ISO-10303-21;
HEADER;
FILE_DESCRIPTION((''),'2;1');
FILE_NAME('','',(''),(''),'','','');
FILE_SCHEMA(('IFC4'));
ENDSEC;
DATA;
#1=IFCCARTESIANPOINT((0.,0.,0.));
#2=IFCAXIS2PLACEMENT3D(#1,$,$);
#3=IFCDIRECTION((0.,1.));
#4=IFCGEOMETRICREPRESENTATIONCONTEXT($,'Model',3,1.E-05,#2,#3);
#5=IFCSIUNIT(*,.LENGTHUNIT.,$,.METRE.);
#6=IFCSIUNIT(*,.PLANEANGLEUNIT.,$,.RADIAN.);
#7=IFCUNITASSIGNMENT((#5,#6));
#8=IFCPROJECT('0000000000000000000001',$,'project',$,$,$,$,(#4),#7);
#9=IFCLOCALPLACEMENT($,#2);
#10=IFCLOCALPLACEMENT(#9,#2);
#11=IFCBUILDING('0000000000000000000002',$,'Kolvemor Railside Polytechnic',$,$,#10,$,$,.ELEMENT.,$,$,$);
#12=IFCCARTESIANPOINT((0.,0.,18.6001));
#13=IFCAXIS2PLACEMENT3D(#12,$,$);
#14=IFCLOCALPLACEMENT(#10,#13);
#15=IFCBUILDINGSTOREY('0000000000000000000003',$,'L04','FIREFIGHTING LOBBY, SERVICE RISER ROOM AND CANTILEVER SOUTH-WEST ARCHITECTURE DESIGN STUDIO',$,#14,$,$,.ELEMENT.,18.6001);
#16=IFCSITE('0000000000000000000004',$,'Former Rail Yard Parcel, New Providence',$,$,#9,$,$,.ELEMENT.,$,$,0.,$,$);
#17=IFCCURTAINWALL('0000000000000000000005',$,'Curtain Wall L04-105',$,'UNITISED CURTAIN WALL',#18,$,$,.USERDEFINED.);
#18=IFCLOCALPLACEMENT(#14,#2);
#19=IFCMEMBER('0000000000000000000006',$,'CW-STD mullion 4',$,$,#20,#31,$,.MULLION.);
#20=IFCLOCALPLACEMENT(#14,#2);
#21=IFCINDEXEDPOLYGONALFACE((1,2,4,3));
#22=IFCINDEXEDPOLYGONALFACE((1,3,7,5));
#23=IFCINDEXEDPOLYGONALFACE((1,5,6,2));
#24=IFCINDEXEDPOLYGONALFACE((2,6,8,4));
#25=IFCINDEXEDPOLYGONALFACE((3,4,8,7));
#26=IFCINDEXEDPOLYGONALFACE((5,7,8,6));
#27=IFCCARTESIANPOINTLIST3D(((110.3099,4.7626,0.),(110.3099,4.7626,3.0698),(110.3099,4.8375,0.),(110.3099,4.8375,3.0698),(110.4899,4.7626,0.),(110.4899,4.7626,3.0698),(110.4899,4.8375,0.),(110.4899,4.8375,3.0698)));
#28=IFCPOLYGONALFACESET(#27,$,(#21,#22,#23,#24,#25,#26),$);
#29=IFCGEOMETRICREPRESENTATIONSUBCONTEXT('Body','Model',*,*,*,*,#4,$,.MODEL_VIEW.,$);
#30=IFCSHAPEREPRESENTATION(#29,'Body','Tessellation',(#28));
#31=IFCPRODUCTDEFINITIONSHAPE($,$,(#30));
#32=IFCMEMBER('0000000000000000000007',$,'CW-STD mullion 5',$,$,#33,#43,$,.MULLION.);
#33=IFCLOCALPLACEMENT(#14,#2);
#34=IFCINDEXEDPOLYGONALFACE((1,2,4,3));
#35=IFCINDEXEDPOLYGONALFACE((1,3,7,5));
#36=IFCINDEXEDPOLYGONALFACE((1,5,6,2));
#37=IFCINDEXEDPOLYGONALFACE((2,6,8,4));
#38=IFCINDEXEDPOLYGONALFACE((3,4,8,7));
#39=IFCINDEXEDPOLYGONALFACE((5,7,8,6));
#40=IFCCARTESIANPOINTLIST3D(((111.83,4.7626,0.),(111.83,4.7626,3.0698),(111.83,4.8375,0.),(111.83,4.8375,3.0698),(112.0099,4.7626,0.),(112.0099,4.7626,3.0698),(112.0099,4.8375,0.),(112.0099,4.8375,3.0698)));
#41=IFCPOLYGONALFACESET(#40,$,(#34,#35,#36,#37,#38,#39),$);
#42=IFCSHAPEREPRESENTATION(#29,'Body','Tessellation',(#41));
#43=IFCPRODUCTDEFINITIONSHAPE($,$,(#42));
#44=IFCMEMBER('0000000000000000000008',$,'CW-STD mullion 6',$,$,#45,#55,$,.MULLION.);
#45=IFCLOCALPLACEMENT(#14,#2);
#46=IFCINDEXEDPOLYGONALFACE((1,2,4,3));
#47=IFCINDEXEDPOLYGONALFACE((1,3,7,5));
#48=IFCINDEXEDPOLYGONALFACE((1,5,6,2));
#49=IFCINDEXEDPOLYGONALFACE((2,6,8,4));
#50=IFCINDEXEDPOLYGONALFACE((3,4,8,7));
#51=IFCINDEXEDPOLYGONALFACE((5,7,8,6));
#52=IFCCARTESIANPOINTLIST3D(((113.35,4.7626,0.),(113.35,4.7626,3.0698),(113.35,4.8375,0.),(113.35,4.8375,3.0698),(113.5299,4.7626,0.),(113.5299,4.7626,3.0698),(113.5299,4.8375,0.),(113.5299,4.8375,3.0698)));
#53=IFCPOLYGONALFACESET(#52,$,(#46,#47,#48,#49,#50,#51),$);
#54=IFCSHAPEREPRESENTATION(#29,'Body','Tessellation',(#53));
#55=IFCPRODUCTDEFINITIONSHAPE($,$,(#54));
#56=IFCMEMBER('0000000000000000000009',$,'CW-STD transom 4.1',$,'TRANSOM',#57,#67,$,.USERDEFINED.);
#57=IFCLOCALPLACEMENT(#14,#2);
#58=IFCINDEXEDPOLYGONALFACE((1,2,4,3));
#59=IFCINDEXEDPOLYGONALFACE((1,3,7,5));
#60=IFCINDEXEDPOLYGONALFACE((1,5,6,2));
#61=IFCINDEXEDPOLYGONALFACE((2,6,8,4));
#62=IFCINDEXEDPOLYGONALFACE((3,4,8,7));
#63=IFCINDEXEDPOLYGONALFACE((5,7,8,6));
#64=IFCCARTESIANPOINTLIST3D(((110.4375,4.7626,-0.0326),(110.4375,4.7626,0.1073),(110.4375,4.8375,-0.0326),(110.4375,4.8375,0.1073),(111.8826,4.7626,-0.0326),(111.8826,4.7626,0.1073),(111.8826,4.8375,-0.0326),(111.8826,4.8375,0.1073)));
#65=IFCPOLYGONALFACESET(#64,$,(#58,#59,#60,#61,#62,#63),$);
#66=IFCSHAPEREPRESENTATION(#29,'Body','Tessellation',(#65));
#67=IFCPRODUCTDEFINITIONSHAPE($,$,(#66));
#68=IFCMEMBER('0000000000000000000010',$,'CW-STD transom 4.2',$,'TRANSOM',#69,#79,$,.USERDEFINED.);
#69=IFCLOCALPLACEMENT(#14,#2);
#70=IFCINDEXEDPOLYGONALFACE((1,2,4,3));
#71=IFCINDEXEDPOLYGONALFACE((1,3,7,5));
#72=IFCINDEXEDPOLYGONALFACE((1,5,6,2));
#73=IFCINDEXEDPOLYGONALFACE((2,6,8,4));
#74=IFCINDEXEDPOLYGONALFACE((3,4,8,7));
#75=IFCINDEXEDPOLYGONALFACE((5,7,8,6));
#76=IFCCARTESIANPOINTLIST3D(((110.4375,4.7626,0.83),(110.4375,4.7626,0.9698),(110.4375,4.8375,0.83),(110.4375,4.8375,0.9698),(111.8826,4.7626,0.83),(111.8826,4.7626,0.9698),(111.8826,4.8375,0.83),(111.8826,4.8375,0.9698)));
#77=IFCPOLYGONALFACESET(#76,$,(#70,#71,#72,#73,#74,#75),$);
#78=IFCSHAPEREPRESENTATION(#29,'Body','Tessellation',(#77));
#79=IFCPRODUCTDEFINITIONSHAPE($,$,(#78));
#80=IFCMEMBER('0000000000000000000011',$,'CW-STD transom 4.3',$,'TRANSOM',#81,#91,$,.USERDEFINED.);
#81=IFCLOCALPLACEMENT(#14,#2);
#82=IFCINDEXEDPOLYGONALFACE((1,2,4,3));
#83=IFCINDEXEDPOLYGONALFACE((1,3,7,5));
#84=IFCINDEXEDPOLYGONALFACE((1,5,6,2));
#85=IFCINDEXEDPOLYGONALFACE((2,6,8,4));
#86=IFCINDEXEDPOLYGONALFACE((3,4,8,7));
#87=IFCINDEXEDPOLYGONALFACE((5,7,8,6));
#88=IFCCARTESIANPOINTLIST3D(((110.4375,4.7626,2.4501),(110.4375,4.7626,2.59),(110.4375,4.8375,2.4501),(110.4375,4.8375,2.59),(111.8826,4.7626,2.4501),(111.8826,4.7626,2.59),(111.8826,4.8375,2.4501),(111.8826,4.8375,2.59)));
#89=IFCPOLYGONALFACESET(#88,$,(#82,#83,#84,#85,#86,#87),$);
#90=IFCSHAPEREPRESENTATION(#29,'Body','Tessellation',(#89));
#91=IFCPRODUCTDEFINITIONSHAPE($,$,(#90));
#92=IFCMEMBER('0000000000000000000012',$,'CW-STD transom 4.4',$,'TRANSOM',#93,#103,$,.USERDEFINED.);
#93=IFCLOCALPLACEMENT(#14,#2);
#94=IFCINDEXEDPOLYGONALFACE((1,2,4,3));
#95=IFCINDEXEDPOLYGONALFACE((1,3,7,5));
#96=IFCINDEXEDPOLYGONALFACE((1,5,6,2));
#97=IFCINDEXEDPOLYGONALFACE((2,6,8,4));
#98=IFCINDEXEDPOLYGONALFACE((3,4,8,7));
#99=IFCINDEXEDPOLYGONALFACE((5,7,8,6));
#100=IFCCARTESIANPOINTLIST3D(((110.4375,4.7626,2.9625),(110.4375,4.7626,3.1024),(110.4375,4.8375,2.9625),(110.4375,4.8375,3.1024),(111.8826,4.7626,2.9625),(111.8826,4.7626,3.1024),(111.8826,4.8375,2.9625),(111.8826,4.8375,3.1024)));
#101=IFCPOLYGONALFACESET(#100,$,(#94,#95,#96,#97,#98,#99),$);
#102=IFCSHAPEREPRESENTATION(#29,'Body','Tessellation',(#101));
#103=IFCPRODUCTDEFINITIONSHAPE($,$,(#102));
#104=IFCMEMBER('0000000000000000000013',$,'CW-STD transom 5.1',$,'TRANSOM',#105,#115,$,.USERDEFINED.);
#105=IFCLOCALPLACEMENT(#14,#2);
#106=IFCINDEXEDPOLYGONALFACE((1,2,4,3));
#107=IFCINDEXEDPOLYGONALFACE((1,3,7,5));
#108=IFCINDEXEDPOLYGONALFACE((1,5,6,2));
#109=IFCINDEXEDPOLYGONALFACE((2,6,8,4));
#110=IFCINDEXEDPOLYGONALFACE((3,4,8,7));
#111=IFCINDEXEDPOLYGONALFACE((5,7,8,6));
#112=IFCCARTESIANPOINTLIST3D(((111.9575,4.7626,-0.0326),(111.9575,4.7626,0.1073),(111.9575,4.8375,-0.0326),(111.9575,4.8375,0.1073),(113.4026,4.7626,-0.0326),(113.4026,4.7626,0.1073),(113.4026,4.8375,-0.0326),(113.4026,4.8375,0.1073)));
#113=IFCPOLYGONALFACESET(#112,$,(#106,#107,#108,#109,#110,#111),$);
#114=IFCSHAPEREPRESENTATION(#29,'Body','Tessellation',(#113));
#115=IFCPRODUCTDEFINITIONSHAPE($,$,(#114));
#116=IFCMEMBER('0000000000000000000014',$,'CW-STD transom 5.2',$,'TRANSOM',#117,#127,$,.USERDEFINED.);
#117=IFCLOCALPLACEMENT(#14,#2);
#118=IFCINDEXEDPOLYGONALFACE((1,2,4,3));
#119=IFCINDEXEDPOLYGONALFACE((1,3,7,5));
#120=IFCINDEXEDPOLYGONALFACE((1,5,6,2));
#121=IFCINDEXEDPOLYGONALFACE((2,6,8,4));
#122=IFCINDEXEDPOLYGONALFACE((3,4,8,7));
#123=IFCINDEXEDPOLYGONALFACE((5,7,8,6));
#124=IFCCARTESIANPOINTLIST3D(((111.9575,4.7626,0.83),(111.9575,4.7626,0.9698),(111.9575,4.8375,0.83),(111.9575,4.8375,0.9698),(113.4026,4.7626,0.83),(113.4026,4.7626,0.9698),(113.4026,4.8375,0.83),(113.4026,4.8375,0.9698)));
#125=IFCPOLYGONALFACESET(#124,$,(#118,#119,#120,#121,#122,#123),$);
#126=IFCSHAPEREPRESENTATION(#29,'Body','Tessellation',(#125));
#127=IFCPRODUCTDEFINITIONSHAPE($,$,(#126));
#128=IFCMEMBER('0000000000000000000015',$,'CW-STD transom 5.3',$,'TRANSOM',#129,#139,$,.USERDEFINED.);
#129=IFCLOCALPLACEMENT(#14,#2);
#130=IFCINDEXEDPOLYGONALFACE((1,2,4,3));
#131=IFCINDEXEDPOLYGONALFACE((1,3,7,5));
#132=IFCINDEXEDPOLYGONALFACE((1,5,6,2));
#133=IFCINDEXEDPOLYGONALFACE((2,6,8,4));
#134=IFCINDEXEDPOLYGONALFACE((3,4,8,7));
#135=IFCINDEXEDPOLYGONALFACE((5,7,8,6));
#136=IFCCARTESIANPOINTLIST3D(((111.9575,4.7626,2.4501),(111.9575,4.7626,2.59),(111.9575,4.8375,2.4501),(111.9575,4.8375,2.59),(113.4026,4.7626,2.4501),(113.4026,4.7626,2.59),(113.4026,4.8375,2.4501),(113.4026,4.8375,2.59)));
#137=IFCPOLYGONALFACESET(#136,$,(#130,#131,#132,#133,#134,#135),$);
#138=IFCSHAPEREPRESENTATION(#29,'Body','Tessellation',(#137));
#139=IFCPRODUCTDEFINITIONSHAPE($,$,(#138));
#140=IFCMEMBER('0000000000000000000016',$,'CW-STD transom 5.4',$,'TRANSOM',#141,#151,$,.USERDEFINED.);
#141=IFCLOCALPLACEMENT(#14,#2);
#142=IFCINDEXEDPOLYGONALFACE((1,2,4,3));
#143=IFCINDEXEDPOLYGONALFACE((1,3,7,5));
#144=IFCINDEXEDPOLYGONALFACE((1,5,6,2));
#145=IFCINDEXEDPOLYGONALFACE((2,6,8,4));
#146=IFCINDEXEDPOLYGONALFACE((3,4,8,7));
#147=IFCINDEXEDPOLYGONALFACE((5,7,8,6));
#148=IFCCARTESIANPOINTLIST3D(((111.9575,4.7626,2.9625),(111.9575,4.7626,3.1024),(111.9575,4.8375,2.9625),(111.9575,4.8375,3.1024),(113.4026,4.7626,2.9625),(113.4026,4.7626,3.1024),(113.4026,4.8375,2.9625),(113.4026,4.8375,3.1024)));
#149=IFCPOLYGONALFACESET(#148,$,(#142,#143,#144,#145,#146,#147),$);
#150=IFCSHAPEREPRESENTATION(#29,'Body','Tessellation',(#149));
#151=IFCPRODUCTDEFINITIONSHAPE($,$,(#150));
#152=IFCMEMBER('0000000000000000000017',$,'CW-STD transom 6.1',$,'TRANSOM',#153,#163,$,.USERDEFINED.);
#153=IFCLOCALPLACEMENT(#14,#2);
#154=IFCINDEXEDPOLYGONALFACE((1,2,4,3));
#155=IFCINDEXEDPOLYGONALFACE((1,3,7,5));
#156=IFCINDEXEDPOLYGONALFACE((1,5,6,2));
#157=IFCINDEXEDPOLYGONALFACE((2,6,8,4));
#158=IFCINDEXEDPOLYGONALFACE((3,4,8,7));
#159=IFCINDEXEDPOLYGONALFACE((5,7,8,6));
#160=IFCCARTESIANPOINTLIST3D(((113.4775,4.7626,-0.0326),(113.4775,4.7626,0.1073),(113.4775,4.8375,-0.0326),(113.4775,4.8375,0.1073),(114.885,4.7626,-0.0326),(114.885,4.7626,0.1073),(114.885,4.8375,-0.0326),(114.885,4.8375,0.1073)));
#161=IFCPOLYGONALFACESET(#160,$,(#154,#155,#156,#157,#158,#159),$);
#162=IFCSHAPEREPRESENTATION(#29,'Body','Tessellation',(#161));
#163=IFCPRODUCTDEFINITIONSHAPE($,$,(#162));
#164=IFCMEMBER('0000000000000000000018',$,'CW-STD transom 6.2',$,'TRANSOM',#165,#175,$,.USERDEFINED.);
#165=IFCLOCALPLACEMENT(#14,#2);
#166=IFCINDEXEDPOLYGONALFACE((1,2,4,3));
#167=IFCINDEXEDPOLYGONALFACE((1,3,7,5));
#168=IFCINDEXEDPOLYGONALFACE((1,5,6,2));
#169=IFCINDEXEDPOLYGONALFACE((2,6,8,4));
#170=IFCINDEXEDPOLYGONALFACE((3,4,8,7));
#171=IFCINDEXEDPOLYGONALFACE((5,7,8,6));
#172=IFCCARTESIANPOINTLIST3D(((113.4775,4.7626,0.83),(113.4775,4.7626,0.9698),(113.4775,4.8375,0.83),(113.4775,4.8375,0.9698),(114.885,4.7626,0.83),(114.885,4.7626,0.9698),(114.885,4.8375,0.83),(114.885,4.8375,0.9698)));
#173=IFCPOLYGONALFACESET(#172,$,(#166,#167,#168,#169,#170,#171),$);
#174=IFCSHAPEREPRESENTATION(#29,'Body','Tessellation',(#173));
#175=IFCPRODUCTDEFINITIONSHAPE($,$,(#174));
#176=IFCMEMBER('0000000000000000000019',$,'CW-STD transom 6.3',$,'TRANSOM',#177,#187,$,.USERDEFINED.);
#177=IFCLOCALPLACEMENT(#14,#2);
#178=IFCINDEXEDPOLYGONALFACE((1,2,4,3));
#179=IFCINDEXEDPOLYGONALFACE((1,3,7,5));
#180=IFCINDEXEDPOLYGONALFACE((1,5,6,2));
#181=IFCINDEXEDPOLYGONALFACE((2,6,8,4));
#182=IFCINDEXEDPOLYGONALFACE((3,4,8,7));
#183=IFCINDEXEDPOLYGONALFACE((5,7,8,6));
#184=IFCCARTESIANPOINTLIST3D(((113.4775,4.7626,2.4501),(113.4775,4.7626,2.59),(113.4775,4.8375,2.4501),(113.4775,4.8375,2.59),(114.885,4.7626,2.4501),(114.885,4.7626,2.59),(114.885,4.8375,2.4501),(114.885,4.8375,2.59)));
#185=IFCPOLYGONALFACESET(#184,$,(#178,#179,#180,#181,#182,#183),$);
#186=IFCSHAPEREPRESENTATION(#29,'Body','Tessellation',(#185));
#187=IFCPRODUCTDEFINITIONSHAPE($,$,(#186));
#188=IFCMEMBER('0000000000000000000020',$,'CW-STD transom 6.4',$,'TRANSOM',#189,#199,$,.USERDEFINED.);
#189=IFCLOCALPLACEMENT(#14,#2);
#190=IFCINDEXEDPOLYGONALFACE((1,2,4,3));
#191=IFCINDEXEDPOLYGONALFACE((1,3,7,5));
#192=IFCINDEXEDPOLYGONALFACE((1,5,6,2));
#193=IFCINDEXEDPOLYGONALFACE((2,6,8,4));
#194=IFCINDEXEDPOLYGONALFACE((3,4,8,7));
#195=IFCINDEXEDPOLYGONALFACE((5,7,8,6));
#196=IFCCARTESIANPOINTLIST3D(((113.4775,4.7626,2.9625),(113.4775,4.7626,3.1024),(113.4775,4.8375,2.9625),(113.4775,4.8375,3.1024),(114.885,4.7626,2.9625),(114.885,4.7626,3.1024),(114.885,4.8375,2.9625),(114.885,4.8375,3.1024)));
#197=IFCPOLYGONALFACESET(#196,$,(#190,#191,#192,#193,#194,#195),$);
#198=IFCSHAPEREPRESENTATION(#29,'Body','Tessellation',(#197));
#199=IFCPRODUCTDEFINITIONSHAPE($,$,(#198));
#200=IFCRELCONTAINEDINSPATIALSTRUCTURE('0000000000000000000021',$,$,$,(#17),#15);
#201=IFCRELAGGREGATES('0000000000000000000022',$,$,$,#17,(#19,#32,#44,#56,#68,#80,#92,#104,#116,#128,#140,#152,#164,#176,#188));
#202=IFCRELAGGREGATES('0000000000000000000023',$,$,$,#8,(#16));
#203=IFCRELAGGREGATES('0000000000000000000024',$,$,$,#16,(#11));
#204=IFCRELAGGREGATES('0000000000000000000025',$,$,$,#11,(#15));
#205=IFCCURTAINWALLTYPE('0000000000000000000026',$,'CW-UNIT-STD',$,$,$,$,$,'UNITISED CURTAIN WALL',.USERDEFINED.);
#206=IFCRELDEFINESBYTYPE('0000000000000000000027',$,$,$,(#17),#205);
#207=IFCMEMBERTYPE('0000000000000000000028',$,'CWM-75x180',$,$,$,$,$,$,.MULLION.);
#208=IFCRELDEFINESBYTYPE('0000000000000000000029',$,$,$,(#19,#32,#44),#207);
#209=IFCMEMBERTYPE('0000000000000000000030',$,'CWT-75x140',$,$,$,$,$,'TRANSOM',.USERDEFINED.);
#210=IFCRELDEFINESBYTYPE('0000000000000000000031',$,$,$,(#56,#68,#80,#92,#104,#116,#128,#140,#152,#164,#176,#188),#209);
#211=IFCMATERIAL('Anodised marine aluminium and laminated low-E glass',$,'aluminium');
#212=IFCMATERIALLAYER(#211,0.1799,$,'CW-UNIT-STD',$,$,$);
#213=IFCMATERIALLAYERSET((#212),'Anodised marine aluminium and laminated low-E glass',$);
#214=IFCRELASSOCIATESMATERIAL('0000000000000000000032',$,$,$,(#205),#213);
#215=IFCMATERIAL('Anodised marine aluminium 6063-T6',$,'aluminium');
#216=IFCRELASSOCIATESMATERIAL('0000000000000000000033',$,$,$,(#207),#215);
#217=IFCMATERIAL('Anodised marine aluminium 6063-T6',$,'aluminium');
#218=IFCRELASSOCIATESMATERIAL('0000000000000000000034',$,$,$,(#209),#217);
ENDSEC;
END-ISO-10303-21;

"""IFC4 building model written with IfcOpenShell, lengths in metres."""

from ifc_helpers import new_model, si_unit, direction, frame, origin, origin_2d, place, context, subcontext, project, spatial, rectangle, extrude, material, layer, layer_set, material_profile, profile_set, type_object, element, aggregate, save


model = new_model("IFC4")

# Units and contexts
model_context = context("Model", 3, precision=1e-05, world=origin(), true_north=direction((0.0, 1.0)))
body_context = subcontext(model_context, "Body", "Model", "MODEL_VIEW")
ifc_project = project(units=[si_unit("LENGTHUNIT", "METRE"), si_unit("PLANEANGLEUNIT", "RADIAN")], contexts=[model_context])

# Site, building, storey
site_placement = place(None, origin())
site = spatial("IfcSite", under=ifc_project, at=site_placement, Name="Former Rail Yard Parcel, New Providence", CompositionType="ELEMENT", RefElevation=0.0)
building_placement = place(site_placement, origin())
building = spatial("IfcBuilding", under=site, at=building_placement, Name="Kolvemor Railside Polytechnic", CompositionType="ELEMENT")
storey_placement = place(building_placement, frame((0.0, 0.0, 18.6001)))
storey = spatial("IfcBuildingStorey", under=building, at=storey_placement, Name="L04", Description="FIREFIGHTING LOBBY, SERVICE RISER ROOM AND CANTILEVER SOUTH-WEST ARCHITECTURE DESIGN STUDIO", CompositionType="ELEMENT", Elevation=18.6001)

# Curtain wall, members
ifc_material_1 = material(Name="Anodised marine aluminium and laminated low-E glass", Category="aluminium")
ifc_layer_1 = layer(ifc_material_1, 0.1799, Name="CW-UNIT-STD")
ifc_layer_set_1 = layer_set([ifc_layer_1], Name="Anodised marine aluminium and laminated low-E glass")
curtain_wall_type = type_object("IfcCurtainWallType", Name="CW-UNIT-STD", ElementType="UNITISED CURTAIN WALL", PredefinedType="USERDEFINED", material=ifc_layer_set_1)
curtain_wall_placement = place(storey_placement, origin())
curtain_wall = element("IfcCurtainWall", 1, at=curtain_wall_placement, inside=storey, type_object=curtain_wall_type, Name="Curtain Wall L04-105", ObjectType="UNITISED CURTAIN WALL", PredefinedType="USERDEFINED")
ifc_material_2 = material(Name="Anodised marine aluminium 6063-T6", Category="aluminium")
ifc_material_profile_1 = material_profile(ifc_material_2, rectangle(XDim=0.075, YDim=0.1799, at=origin_2d()), Name="CW-MUL-75x180")
ifc_profile_set_1 = profile_set([ifc_material_profile_1], Name="Anodised marine aluminium 6063-T6")
member_type_1 = type_object("IfcMemberType", Name="CWM-75x180", PredefinedType="MULLION", material=ifc_profile_set_1)
member_1_placement = place(storey_placement, frame((110.3999, 4.8, 0.0), z_axis=(0.0, 0.0, 1.0), x_axis=(0.0, 1.0, 0.0)))
member_1 = element("IfcMember", 2, at=member_1_placement, type_object=member_type_1, Name="CW-STD mullion 4", PredefinedType="MULLION", context=body_context, shape_type="SweptSolid", body=[
    extrude(rectangle(XDim=0.075, YDim=0.1799, at=origin_2d()), origin(), (0.0, 0.0, 1.0), 3.0698),
])
member_2_placement = place(storey_placement, frame((111.9199, 4.8, 0.0), z_axis=(0.0, 0.0, 1.0), x_axis=(0.0, 1.0, 0.0)))
member_2 = element("IfcMember", 3, at=member_2_placement, type_object=member_type_1, Name="CW-STD mullion 5", PredefinedType="MULLION", context=body_context, shape_type="SweptSolid", body=[
    extrude(rectangle(XDim=0.075, YDim=0.1799, at=origin_2d()), origin(), (0.0, 0.0, 1.0), 3.0698),
])
member_3_placement = place(storey_placement, frame((113.4399, 4.8, 0.0), z_axis=(0.0, 0.0, 1.0), x_axis=(0.0, 1.0, 0.0)))
member_3 = element("IfcMember", 4, at=member_3_placement, type_object=member_type_1, Name="CW-STD mullion 6", PredefinedType="MULLION", context=body_context, shape_type="SweptSolid", body=[
    extrude(rectangle(XDim=0.075, YDim=0.1799, at=origin_2d()), origin(), (0.0, 0.0, 1.0), 3.0698),
])
ifc_material_3 = material(Name="Anodised marine aluminium 6063-T6", Category="aluminium")
ifc_material_profile_2 = material_profile(ifc_material_3, rectangle(XDim=0.075, YDim=0.1399, at=origin_2d()), Name="CW-TRN-75x140")
ifc_profile_set_2 = profile_set([ifc_material_profile_2], Name="Anodised marine aluminium 6063-T6")
member_type_2 = type_object("IfcMemberType", Name="CWT-75x140", ElementType="TRANSOM", PredefinedType="USERDEFINED", material=ifc_profile_set_2)
member_4_placement = place(storey_placement, frame((110.4375, 4.8, 0.0374), z_axis=(1.0, 0.0, 0.0), x_axis=(0.0, 1.0, 0.0)))
member_4 = element("IfcMember", 5, at=member_4_placement, type_object=member_type_2, Name="CW-STD transom 4.1", ObjectType="TRANSOM", PredefinedType="USERDEFINED", context=body_context, shape_type="SweptSolid", body=[
    extrude(rectangle(XDim=0.075, YDim=0.1399, at=origin_2d()), origin(), (0.0, 0.0, 1.0), 1.4451),
])
member_5_placement = place(storey_placement, frame((110.4375, 4.8, 0.8999), z_axis=(1.0, 0.0, 0.0), x_axis=(0.0, 1.0, 0.0)))
member_5 = element("IfcMember", 6, at=member_5_placement, type_object=member_type_2, Name="CW-STD transom 4.2", ObjectType="TRANSOM", PredefinedType="USERDEFINED", context=body_context, shape_type="SweptSolid", body=[
    extrude(rectangle(XDim=0.075, YDim=0.1399, at=origin_2d()), origin(), (0.0, 0.0, 1.0), 1.4451),
])
member_6_placement = place(storey_placement, frame((110.4375, 4.8, 2.52), z_axis=(1.0, 0.0, 0.0), x_axis=(0.0, 1.0, 0.0)))
member_6 = element("IfcMember", 7, at=member_6_placement, type_object=member_type_2, Name="CW-STD transom 4.3", ObjectType="TRANSOM", PredefinedType="USERDEFINED", context=body_context, shape_type="SweptSolid", body=[
    extrude(rectangle(XDim=0.075, YDim=0.1399, at=origin_2d()), origin(), (0.0, 0.0, 1.0), 1.4451),
])
member_7_placement = place(storey_placement, frame((110.4375, 4.8, 3.0325), z_axis=(1.0, 0.0, 0.0), x_axis=(0.0, 1.0, 0.0)))
member_7 = element("IfcMember", 8, at=member_7_placement, type_object=member_type_2, Name="CW-STD transom 4.4", ObjectType="TRANSOM", PredefinedType="USERDEFINED", context=body_context, shape_type="SweptSolid", body=[
    extrude(rectangle(XDim=0.075, YDim=0.1399, at=origin_2d()), origin(), (0.0, 0.0, 1.0), 1.4451),
])
member_8_placement = place(storey_placement, frame((111.9575, 4.8, 0.0374), z_axis=(1.0, 0.0, 0.0), x_axis=(0.0, 1.0, 0.0)))
member_8 = element("IfcMember", 9, at=member_8_placement, type_object=member_type_2, Name="CW-STD transom 5.1", ObjectType="TRANSOM", PredefinedType="USERDEFINED", context=body_context, shape_type="SweptSolid", body=[
    extrude(rectangle(XDim=0.075, YDim=0.1399, at=origin_2d()), origin(), (0.0, 0.0, 1.0), 1.4451),
])
member_9_placement = place(storey_placement, frame((111.9575, 4.8, 0.8999), z_axis=(1.0, 0.0, 0.0), x_axis=(0.0, 1.0, 0.0)))
member_9 = element("IfcMember", 10, at=member_9_placement, type_object=member_type_2, Name="CW-STD transom 5.2", ObjectType="TRANSOM", PredefinedType="USERDEFINED", context=body_context, shape_type="SweptSolid", body=[
    extrude(rectangle(XDim=0.075, YDim=0.1399, at=origin_2d()), origin(), (0.0, 0.0, 1.0), 1.4451),
])
member_10_placement = place(storey_placement, frame((111.9575, 4.8, 2.52), z_axis=(1.0, 0.0, 0.0), x_axis=(0.0, 1.0, 0.0)))
member_10 = element("IfcMember", 11, at=member_10_placement, type_object=member_type_2, Name="CW-STD transom 5.3", ObjectType="TRANSOM", PredefinedType="USERDEFINED", context=body_context, shape_type="SweptSolid", body=[
    extrude(rectangle(XDim=0.075, YDim=0.1399, at=origin_2d()), origin(), (0.0, 0.0, 1.0), 1.4451),
])
member_11_placement = place(storey_placement, frame((111.9575, 4.8, 3.0325), z_axis=(1.0, 0.0, 0.0), x_axis=(0.0, 1.0, 0.0)))
member_11 = element("IfcMember", 12, at=member_11_placement, type_object=member_type_2, Name="CW-STD transom 5.4", ObjectType="TRANSOM", PredefinedType="USERDEFINED", context=body_context, shape_type="SweptSolid", body=[
    extrude(rectangle(XDim=0.075, YDim=0.1399, at=origin_2d()), origin(), (0.0, 0.0, 1.0), 1.4451),
])
member_12_placement = place(storey_placement, frame((113.4775, 4.8, 0.0374), z_axis=(1.0, 0.0, 0.0), x_axis=(0.0, 1.0, 0.0)))
member_12 = element("IfcMember", 13, at=member_12_placement, type_object=member_type_2, Name="CW-STD transom 6.1", ObjectType="TRANSOM", PredefinedType="USERDEFINED", context=body_context, shape_type="SweptSolid", body=[
    extrude(rectangle(XDim=0.075, YDim=0.1399, at=origin_2d()), origin(), (0.0, 0.0, 1.0), 1.4075),
])
member_13_placement = place(storey_placement, frame((113.4775, 4.8, 0.8999), z_axis=(1.0, 0.0, 0.0), x_axis=(0.0, 1.0, 0.0)))
member_13 = element("IfcMember", 14, at=member_13_placement, type_object=member_type_2, Name="CW-STD transom 6.2", ObjectType="TRANSOM", PredefinedType="USERDEFINED", context=body_context, shape_type="SweptSolid", body=[
    extrude(rectangle(XDim=0.075, YDim=0.1399, at=origin_2d()), origin(), (0.0, 0.0, 1.0), 1.4075),
])
member_14_placement = place(storey_placement, frame((113.4775, 4.8, 2.52), z_axis=(1.0, 0.0, 0.0), x_axis=(0.0, 1.0, 0.0)))
member_14 = element("IfcMember", 15, at=member_14_placement, type_object=member_type_2, Name="CW-STD transom 6.3", ObjectType="TRANSOM", PredefinedType="USERDEFINED", context=body_context, shape_type="SweptSolid", body=[
    extrude(rectangle(XDim=0.075, YDim=0.1399, at=origin_2d()), origin(), (0.0, 0.0, 1.0), 1.4075),
])
member_15_placement = place(storey_placement, frame((113.4775, 4.8, 3.0325), z_axis=(1.0, 0.0, 0.0), x_axis=(0.0, 1.0, 0.0)))
member_15 = element("IfcMember", 16, at=member_15_placement, type_object=member_type_2, Name="CW-STD transom 6.4", ObjectType="TRANSOM", PredefinedType="USERDEFINED", context=body_context, shape_type="SweptSolid", body=[
    extrude(rectangle(XDim=0.075, YDim=0.1399, at=origin_2d()), origin(), (0.0, 0.0, 1.0), 1.4075),
])
aggregate(curtain_wall, [member_1, member_2, member_3, member_4, member_5, member_6, member_7, member_8, member_9, member_10, member_11, member_12, member_13, member_14, member_15])

save(model, "model.ifc")
